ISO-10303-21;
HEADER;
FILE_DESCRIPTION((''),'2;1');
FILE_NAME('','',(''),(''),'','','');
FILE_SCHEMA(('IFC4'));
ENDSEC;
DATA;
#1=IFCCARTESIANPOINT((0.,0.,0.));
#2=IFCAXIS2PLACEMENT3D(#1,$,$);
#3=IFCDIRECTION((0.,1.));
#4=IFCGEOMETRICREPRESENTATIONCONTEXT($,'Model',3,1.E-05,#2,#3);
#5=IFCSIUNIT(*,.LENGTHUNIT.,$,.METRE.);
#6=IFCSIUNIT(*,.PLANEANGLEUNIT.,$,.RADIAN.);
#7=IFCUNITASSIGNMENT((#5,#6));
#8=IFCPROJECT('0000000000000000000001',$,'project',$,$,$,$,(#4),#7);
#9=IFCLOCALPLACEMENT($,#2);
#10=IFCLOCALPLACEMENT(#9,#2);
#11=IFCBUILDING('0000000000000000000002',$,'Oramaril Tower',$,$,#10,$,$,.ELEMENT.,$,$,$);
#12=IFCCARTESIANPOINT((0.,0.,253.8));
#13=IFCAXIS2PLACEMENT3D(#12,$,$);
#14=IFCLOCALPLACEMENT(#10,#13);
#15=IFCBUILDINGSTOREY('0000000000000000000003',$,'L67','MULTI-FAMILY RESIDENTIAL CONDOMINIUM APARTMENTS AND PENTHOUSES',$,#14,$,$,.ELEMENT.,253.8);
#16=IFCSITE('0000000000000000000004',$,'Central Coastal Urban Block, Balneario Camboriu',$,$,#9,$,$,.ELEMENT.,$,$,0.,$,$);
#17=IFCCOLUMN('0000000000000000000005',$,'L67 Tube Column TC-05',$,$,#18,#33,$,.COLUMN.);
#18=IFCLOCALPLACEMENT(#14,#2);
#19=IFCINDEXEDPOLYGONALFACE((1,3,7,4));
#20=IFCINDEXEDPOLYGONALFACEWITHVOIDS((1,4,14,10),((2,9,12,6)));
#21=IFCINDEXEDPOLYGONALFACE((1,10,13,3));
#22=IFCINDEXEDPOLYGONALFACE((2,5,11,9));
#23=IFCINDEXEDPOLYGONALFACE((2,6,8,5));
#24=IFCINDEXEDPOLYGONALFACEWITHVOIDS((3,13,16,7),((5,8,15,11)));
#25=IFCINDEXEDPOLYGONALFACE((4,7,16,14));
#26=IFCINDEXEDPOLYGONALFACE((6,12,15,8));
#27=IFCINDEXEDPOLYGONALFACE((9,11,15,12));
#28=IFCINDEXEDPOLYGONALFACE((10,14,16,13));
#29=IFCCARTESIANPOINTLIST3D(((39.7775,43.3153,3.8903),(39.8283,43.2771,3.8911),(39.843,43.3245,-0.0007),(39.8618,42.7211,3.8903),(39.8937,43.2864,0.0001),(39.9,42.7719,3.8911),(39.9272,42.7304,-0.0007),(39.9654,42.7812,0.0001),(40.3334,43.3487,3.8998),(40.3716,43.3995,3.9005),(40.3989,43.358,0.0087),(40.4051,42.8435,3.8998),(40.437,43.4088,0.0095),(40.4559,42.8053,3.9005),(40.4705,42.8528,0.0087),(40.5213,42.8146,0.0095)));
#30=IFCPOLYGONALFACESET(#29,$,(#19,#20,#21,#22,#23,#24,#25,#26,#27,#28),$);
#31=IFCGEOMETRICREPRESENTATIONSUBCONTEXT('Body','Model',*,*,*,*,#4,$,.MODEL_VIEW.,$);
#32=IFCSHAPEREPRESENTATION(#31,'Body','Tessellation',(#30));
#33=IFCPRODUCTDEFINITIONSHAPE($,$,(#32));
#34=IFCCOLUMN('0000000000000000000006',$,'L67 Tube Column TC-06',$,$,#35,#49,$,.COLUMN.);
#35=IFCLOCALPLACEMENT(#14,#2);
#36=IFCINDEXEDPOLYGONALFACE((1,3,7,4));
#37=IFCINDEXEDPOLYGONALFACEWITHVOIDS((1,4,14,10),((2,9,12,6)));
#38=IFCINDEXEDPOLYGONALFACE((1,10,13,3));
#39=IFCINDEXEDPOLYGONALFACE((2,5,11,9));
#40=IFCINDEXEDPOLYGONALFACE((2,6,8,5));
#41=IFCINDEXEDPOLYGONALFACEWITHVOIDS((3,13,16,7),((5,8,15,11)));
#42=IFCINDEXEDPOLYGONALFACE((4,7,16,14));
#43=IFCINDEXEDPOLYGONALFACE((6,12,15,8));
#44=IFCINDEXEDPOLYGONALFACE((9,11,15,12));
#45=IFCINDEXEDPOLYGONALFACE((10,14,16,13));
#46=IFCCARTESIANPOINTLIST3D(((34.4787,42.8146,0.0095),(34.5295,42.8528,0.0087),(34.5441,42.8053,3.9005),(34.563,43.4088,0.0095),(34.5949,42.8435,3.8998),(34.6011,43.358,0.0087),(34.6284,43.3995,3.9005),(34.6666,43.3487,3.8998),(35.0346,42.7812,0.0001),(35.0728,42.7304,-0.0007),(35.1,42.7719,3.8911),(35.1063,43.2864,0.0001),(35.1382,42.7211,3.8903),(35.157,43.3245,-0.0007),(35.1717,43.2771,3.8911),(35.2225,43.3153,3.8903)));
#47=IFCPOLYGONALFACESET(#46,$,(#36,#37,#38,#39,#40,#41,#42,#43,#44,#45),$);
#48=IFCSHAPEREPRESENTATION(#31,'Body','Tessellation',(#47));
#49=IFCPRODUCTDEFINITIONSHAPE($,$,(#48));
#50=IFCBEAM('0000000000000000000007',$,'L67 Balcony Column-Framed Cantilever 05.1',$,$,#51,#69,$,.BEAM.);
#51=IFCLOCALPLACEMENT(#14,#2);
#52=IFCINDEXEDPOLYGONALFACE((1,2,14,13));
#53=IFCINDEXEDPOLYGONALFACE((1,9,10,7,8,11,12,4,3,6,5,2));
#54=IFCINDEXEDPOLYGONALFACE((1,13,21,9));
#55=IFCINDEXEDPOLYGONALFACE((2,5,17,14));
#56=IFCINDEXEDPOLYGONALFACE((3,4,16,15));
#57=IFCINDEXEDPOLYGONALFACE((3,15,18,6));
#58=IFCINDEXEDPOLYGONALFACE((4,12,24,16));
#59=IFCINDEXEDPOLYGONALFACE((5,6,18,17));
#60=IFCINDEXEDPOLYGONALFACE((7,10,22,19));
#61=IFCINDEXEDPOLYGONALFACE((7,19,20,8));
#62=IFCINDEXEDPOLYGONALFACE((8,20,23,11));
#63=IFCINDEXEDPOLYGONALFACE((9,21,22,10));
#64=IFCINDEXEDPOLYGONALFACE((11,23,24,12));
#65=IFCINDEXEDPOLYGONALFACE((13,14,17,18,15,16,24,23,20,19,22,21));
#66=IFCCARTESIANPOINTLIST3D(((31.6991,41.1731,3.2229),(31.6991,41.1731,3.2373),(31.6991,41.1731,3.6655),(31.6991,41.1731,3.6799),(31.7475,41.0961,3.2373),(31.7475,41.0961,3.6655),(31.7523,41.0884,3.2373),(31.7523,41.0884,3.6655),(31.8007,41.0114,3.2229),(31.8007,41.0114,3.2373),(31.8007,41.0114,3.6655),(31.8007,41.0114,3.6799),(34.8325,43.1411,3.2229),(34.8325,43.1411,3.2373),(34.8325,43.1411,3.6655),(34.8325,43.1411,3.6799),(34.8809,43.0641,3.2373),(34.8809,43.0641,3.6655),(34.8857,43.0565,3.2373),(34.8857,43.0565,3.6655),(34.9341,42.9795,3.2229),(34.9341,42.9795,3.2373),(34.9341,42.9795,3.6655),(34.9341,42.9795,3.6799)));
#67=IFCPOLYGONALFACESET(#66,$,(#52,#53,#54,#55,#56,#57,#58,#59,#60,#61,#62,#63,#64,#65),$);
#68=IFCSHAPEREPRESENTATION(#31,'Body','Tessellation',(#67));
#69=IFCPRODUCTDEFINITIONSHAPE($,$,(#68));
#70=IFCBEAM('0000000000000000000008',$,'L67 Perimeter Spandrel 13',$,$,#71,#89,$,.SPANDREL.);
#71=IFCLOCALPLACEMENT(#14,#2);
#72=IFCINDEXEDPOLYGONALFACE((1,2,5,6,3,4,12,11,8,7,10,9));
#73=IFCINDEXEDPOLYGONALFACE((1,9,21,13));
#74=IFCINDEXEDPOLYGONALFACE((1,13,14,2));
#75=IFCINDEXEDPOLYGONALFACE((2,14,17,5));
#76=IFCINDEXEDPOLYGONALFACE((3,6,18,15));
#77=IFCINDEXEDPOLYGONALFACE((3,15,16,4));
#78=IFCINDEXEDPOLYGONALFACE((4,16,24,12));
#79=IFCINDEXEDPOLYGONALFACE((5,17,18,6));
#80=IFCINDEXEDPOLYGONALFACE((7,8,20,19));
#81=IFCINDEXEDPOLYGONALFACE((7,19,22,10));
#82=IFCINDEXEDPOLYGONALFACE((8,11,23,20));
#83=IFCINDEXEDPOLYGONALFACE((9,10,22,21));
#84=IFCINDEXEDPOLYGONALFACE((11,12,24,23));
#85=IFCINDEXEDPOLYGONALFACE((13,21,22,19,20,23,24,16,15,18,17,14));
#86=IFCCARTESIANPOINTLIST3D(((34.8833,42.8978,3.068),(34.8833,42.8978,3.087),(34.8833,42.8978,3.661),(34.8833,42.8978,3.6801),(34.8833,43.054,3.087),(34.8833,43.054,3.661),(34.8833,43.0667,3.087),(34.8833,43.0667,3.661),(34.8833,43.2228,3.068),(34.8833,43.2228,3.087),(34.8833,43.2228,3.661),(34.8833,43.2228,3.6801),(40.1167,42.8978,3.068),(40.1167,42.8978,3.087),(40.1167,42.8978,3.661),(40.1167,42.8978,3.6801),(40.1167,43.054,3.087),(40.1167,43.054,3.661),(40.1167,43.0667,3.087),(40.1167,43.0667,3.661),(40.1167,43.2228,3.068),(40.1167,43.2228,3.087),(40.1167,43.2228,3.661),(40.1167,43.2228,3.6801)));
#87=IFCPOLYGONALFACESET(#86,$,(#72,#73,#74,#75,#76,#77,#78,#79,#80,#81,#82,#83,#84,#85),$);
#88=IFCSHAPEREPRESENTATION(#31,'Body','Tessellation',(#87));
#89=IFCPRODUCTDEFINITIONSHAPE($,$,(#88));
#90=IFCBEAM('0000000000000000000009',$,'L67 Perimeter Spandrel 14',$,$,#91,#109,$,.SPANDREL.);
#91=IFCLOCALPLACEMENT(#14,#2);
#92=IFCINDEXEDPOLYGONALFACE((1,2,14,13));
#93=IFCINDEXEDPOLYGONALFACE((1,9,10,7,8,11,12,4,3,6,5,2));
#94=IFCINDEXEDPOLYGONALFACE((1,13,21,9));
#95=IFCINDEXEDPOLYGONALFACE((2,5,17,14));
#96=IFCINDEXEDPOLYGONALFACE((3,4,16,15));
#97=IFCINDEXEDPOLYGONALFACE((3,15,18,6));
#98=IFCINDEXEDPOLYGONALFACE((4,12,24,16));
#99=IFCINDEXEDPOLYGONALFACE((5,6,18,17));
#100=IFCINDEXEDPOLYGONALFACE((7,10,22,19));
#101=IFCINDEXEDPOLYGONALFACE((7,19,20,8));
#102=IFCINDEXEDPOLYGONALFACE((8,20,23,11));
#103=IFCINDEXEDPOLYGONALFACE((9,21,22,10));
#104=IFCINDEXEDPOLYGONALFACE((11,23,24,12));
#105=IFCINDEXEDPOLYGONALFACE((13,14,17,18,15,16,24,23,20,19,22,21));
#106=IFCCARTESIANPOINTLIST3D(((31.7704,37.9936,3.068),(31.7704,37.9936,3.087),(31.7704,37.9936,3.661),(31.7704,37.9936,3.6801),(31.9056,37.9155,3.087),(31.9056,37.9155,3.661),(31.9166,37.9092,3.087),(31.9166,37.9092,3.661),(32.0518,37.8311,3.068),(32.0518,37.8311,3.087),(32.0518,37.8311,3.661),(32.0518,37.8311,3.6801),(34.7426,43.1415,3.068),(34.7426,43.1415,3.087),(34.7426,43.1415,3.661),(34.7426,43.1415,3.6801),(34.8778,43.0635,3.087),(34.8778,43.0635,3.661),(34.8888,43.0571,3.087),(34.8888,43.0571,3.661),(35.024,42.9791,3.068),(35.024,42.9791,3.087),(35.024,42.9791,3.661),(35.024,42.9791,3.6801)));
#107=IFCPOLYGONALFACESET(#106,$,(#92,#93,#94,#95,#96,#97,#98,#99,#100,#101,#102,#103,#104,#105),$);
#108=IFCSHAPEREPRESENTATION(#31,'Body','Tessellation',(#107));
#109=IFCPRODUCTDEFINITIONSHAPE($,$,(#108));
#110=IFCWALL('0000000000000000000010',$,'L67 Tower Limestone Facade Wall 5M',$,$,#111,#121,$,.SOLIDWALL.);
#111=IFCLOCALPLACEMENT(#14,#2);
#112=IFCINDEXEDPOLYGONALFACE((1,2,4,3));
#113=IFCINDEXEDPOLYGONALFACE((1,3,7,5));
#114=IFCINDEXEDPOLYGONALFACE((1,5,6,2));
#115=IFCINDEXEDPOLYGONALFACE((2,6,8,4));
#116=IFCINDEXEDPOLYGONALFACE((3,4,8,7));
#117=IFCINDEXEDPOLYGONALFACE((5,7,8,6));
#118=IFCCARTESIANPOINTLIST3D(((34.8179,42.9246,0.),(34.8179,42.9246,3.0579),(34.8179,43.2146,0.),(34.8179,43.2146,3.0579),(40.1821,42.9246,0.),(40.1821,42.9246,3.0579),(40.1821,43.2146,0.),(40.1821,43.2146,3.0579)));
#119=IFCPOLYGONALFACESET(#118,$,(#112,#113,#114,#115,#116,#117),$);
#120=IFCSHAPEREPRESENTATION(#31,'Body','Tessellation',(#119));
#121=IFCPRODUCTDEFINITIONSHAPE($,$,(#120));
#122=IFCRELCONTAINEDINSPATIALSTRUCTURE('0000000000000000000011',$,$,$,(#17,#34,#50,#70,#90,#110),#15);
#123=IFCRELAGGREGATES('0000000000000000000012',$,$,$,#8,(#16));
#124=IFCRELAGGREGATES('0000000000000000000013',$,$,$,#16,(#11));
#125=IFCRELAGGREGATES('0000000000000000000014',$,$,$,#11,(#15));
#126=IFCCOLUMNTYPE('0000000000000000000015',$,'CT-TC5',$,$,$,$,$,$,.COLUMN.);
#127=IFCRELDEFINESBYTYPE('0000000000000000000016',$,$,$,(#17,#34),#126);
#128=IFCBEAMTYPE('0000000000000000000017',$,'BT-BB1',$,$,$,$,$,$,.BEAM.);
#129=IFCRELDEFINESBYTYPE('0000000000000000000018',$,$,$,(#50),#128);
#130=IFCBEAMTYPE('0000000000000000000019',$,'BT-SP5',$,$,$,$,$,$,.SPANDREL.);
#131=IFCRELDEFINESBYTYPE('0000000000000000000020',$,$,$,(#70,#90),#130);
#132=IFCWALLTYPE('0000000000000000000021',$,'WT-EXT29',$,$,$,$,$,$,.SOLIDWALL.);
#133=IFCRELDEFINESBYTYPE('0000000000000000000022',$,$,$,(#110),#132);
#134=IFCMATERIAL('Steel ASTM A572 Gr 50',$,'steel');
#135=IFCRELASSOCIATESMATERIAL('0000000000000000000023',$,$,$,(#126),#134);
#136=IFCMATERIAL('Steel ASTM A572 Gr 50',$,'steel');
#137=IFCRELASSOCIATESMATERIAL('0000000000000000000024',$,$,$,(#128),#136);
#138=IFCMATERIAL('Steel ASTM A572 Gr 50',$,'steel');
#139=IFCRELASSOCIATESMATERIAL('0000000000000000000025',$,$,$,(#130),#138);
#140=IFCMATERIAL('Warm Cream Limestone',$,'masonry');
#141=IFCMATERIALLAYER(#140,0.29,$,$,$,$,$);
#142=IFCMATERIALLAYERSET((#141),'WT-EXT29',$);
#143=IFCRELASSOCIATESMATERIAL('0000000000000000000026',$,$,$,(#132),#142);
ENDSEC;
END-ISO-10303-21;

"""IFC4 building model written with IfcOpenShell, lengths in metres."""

from ifc_helpers import new_model, si_unit, direction, frame, frame_2d, origin, origin_2d, place, context, subcontext, project, spatial, rectangle, hollow_rectangle, i_section, extrude, material, layer, layer_set, material_profile, profile_set, type_object, element, save


model = new_model("IFC4")

# Units and contexts
model_context = context("Model", 3, precision=1e-05, world=origin(), true_north=direction((0.0, 1.0)))
body_context = subcontext(model_context, "Body", "Model", "MODEL_VIEW")
ifc_project = project(units=[si_unit("LENGTHUNIT", "METRE"), si_unit("PLANEANGLEUNIT", "RADIAN")], contexts=[model_context])

# Site, building, storey
site_placement = place(None, origin())
site = spatial("IfcSite", under=ifc_project, at=site_placement, Name="Central Coastal Urban Block, Balneario Camboriu", CompositionType="ELEMENT", RefElevation=0.0)
building_placement = place(site_placement, origin())
building = spatial("IfcBuilding", under=site, at=building_placement, Name="Oramaril Tower", CompositionType="ELEMENT")
storey_placement = place(building_placement, frame((0.0, 0.0, 253.8)))
storey = spatial("IfcBuildingStorey", under=building, at=storey_placement, Name="L67", Description="MULTI-FAMILY RESIDENTIAL CONDOMINIUM APARTMENTS AND PENTHOUSES", CompositionType="ELEMENT", Elevation=253.8)

# Columns
ifc_material_1 = material(Name="Steel ASTM A572 Gr 50", Category="steel")
ifc_material_profile_1 = material_profile(ifc_material_1, hollow_rectangle(XDim=0.6001, YDim=0.6001, WallThickness=0.0449, at=origin_2d()), Name="BOX600X600X45")
ifc_profile_set_1 = profile_set([ifc_material_profile_1], Name="Steel ASTM A572 Gr 50")
column_type = type_object("IfcColumnType", Name="CT-TC5", PredefinedType="COLUMN", material=ifc_profile_set_1)
for number, where, z_axis, x_axis, name in (
    (1, (40.1821, 43.0696, 0.0044), (-0.016813, -0.002384, 0.999856), (0.140387, -0.990097, 0.0), "L67 Tube Column TC-05"),
    (2, (34.8179, 43.0696, 0.0044), (0.016813, -0.002384, 0.999856), (0.140387, 0.990097, 0.0), "L67 Tube Column TC-06"),
):
    element("IfcColumn", number, at=place(storey_placement, frame(where, z_axis=z_axis, x_axis=x_axis)), inside=storey, type_object=column_type, Name=name, PredefinedType="COLUMN", context=body_context, shape_type="SweptSolid", body=[
        extrude(hollow_rectangle(XDim=0.6001, YDim=0.6001, WallThickness=0.0449, at=origin_2d()), origin(), (0.0, 0.0, 1.0), 3.8916),
    ])

# Beams
ifc_material_2 = material(Name="Steel ASTM A572 Gr 50", Category="steel")
ifc_material_profile_2 = material_profile(ifc_material_2, i_section(OverallWidth=0.1909, OverallDepth=0.457, WebThickness=0.009, FlangeThickness=0.0144, at=origin_2d()), Name="W18X50")
ifc_profile_set_2 = profile_set([ifc_material_profile_2], Name="Steel ASTM A572 Gr 50")
beam_type_1 = type_object("IfcBeamType", Name="BT-BB1", PredefinedType="BEAM", material=ifc_profile_set_2)
beam_1_placement = place(storey_placement, frame((34.8833, 43.0603, 3.4514), z_axis=(-0.846817, -0.531884, 0.0), x_axis=(0.531884, -0.846817, 0.0)))
element("IfcBeam", 3, at=beam_1_placement, inside=storey, type_object=beam_type_1, Name="L67 Balcony Column-Framed Cantilever 05.1", PredefinedType="BEAM", context=body_context, shape_type="SweptSolid", body=[
    extrude(i_section(OverallWidth=0.1909, OverallDepth=0.457, WebThickness=0.009, FlangeThickness=0.0144, at=origin_2d()), origin(), (0.0, 0.0, 1.0), 3.7002),
])
ifc_material_3 = material(Name="Steel ASTM A572 Gr 50", Category="steel")
ifc_material_profile_3 = material_profile(ifc_material_3, i_section(OverallWidth=0.325, OverallDepth=0.6121, WebThickness=0.0127, FlangeThickness=0.019, at=origin_2d()), Name="W24X104")
ifc_profile_set_3 = profile_set([ifc_material_profile_3], Name="Steel ASTM A572 Gr 50")
beam_type_2 = type_object("IfcBeamType", Name="BT-SP5", PredefinedType="SPANDREL", material=ifc_profile_set_3)
beam_2_placement = place(storey_placement, frame((40.1167, 43.0603, 3.374), z_axis=(-1.0, 0.0, 0.0), x_axis=(0.0, -1.0, 0.0)))
element("IfcBeam", 4, at=beam_2_placement, inside=storey, type_object=beam_type_2, Name="L67 Perimeter Spandrel 13", PredefinedType="SPANDREL", context=body_context, shape_type="SweptSolid", body=[
    extrude(i_section(OverallWidth=0.325, OverallDepth=0.6121, WebThickness=0.0127, FlangeThickness=0.019, at=origin_2d()), origin(), (0.0, 0.0, 1.0), 5.2334),
])
beam_3_placement = place(storey_placement, frame((34.8833, 43.0603, 3.374), z_axis=(-0.5, -0.866026, 0.0), x_axis=(0.866026, -0.5, 0.0)))
element("IfcBeam", 5, at=beam_3_placement, inside=storey, type_object=beam_type_2, Name="L67 Perimeter Spandrel 14", PredefinedType="SPANDREL", context=body_context, shape_type="SweptSolid", body=[
    extrude(i_section(OverallWidth=0.325, OverallDepth=0.6121, WebThickness=0.0127, FlangeThickness=0.019, at=origin_2d()), origin(), (0.0, 0.0, 1.0), 5.9443),
])

# Wall
ifc_material_4 = material(Name="Warm Cream Limestone", Category="masonry")
ifc_layer_1 = layer(ifc_material_4, 0.29)
ifc_layer_set_1 = layer_set([ifc_layer_1], Name="WT-EXT29")
wall_type_1 = type_object("IfcWallType", Name="WT-EXT29", PredefinedType="SOLIDWALL", material=ifc_layer_set_1)
wall_1_placement = place(storey_placement, frame((40.1821, 43.0696, 0.0), z_axis=(0.0, 0.0, 1.0), x_axis=(-1.0, 0.0, 0.0)))
element("IfcWall", 6, at=wall_1_placement, inside=storey, type_object=wall_type_1, Name="L67 Tower Limestone Facade Wall 5M", PredefinedType="SOLIDWALL", context=body_context, shape_type="SweptSolid", body=[
    extrude(rectangle(XDim=5.3643, YDim=0.29, at=frame_2d((2.6821, 0.0))), origin(), (0.0, 0.0, 1.0), 3.0579),
])

save(model, "model.ifc")
